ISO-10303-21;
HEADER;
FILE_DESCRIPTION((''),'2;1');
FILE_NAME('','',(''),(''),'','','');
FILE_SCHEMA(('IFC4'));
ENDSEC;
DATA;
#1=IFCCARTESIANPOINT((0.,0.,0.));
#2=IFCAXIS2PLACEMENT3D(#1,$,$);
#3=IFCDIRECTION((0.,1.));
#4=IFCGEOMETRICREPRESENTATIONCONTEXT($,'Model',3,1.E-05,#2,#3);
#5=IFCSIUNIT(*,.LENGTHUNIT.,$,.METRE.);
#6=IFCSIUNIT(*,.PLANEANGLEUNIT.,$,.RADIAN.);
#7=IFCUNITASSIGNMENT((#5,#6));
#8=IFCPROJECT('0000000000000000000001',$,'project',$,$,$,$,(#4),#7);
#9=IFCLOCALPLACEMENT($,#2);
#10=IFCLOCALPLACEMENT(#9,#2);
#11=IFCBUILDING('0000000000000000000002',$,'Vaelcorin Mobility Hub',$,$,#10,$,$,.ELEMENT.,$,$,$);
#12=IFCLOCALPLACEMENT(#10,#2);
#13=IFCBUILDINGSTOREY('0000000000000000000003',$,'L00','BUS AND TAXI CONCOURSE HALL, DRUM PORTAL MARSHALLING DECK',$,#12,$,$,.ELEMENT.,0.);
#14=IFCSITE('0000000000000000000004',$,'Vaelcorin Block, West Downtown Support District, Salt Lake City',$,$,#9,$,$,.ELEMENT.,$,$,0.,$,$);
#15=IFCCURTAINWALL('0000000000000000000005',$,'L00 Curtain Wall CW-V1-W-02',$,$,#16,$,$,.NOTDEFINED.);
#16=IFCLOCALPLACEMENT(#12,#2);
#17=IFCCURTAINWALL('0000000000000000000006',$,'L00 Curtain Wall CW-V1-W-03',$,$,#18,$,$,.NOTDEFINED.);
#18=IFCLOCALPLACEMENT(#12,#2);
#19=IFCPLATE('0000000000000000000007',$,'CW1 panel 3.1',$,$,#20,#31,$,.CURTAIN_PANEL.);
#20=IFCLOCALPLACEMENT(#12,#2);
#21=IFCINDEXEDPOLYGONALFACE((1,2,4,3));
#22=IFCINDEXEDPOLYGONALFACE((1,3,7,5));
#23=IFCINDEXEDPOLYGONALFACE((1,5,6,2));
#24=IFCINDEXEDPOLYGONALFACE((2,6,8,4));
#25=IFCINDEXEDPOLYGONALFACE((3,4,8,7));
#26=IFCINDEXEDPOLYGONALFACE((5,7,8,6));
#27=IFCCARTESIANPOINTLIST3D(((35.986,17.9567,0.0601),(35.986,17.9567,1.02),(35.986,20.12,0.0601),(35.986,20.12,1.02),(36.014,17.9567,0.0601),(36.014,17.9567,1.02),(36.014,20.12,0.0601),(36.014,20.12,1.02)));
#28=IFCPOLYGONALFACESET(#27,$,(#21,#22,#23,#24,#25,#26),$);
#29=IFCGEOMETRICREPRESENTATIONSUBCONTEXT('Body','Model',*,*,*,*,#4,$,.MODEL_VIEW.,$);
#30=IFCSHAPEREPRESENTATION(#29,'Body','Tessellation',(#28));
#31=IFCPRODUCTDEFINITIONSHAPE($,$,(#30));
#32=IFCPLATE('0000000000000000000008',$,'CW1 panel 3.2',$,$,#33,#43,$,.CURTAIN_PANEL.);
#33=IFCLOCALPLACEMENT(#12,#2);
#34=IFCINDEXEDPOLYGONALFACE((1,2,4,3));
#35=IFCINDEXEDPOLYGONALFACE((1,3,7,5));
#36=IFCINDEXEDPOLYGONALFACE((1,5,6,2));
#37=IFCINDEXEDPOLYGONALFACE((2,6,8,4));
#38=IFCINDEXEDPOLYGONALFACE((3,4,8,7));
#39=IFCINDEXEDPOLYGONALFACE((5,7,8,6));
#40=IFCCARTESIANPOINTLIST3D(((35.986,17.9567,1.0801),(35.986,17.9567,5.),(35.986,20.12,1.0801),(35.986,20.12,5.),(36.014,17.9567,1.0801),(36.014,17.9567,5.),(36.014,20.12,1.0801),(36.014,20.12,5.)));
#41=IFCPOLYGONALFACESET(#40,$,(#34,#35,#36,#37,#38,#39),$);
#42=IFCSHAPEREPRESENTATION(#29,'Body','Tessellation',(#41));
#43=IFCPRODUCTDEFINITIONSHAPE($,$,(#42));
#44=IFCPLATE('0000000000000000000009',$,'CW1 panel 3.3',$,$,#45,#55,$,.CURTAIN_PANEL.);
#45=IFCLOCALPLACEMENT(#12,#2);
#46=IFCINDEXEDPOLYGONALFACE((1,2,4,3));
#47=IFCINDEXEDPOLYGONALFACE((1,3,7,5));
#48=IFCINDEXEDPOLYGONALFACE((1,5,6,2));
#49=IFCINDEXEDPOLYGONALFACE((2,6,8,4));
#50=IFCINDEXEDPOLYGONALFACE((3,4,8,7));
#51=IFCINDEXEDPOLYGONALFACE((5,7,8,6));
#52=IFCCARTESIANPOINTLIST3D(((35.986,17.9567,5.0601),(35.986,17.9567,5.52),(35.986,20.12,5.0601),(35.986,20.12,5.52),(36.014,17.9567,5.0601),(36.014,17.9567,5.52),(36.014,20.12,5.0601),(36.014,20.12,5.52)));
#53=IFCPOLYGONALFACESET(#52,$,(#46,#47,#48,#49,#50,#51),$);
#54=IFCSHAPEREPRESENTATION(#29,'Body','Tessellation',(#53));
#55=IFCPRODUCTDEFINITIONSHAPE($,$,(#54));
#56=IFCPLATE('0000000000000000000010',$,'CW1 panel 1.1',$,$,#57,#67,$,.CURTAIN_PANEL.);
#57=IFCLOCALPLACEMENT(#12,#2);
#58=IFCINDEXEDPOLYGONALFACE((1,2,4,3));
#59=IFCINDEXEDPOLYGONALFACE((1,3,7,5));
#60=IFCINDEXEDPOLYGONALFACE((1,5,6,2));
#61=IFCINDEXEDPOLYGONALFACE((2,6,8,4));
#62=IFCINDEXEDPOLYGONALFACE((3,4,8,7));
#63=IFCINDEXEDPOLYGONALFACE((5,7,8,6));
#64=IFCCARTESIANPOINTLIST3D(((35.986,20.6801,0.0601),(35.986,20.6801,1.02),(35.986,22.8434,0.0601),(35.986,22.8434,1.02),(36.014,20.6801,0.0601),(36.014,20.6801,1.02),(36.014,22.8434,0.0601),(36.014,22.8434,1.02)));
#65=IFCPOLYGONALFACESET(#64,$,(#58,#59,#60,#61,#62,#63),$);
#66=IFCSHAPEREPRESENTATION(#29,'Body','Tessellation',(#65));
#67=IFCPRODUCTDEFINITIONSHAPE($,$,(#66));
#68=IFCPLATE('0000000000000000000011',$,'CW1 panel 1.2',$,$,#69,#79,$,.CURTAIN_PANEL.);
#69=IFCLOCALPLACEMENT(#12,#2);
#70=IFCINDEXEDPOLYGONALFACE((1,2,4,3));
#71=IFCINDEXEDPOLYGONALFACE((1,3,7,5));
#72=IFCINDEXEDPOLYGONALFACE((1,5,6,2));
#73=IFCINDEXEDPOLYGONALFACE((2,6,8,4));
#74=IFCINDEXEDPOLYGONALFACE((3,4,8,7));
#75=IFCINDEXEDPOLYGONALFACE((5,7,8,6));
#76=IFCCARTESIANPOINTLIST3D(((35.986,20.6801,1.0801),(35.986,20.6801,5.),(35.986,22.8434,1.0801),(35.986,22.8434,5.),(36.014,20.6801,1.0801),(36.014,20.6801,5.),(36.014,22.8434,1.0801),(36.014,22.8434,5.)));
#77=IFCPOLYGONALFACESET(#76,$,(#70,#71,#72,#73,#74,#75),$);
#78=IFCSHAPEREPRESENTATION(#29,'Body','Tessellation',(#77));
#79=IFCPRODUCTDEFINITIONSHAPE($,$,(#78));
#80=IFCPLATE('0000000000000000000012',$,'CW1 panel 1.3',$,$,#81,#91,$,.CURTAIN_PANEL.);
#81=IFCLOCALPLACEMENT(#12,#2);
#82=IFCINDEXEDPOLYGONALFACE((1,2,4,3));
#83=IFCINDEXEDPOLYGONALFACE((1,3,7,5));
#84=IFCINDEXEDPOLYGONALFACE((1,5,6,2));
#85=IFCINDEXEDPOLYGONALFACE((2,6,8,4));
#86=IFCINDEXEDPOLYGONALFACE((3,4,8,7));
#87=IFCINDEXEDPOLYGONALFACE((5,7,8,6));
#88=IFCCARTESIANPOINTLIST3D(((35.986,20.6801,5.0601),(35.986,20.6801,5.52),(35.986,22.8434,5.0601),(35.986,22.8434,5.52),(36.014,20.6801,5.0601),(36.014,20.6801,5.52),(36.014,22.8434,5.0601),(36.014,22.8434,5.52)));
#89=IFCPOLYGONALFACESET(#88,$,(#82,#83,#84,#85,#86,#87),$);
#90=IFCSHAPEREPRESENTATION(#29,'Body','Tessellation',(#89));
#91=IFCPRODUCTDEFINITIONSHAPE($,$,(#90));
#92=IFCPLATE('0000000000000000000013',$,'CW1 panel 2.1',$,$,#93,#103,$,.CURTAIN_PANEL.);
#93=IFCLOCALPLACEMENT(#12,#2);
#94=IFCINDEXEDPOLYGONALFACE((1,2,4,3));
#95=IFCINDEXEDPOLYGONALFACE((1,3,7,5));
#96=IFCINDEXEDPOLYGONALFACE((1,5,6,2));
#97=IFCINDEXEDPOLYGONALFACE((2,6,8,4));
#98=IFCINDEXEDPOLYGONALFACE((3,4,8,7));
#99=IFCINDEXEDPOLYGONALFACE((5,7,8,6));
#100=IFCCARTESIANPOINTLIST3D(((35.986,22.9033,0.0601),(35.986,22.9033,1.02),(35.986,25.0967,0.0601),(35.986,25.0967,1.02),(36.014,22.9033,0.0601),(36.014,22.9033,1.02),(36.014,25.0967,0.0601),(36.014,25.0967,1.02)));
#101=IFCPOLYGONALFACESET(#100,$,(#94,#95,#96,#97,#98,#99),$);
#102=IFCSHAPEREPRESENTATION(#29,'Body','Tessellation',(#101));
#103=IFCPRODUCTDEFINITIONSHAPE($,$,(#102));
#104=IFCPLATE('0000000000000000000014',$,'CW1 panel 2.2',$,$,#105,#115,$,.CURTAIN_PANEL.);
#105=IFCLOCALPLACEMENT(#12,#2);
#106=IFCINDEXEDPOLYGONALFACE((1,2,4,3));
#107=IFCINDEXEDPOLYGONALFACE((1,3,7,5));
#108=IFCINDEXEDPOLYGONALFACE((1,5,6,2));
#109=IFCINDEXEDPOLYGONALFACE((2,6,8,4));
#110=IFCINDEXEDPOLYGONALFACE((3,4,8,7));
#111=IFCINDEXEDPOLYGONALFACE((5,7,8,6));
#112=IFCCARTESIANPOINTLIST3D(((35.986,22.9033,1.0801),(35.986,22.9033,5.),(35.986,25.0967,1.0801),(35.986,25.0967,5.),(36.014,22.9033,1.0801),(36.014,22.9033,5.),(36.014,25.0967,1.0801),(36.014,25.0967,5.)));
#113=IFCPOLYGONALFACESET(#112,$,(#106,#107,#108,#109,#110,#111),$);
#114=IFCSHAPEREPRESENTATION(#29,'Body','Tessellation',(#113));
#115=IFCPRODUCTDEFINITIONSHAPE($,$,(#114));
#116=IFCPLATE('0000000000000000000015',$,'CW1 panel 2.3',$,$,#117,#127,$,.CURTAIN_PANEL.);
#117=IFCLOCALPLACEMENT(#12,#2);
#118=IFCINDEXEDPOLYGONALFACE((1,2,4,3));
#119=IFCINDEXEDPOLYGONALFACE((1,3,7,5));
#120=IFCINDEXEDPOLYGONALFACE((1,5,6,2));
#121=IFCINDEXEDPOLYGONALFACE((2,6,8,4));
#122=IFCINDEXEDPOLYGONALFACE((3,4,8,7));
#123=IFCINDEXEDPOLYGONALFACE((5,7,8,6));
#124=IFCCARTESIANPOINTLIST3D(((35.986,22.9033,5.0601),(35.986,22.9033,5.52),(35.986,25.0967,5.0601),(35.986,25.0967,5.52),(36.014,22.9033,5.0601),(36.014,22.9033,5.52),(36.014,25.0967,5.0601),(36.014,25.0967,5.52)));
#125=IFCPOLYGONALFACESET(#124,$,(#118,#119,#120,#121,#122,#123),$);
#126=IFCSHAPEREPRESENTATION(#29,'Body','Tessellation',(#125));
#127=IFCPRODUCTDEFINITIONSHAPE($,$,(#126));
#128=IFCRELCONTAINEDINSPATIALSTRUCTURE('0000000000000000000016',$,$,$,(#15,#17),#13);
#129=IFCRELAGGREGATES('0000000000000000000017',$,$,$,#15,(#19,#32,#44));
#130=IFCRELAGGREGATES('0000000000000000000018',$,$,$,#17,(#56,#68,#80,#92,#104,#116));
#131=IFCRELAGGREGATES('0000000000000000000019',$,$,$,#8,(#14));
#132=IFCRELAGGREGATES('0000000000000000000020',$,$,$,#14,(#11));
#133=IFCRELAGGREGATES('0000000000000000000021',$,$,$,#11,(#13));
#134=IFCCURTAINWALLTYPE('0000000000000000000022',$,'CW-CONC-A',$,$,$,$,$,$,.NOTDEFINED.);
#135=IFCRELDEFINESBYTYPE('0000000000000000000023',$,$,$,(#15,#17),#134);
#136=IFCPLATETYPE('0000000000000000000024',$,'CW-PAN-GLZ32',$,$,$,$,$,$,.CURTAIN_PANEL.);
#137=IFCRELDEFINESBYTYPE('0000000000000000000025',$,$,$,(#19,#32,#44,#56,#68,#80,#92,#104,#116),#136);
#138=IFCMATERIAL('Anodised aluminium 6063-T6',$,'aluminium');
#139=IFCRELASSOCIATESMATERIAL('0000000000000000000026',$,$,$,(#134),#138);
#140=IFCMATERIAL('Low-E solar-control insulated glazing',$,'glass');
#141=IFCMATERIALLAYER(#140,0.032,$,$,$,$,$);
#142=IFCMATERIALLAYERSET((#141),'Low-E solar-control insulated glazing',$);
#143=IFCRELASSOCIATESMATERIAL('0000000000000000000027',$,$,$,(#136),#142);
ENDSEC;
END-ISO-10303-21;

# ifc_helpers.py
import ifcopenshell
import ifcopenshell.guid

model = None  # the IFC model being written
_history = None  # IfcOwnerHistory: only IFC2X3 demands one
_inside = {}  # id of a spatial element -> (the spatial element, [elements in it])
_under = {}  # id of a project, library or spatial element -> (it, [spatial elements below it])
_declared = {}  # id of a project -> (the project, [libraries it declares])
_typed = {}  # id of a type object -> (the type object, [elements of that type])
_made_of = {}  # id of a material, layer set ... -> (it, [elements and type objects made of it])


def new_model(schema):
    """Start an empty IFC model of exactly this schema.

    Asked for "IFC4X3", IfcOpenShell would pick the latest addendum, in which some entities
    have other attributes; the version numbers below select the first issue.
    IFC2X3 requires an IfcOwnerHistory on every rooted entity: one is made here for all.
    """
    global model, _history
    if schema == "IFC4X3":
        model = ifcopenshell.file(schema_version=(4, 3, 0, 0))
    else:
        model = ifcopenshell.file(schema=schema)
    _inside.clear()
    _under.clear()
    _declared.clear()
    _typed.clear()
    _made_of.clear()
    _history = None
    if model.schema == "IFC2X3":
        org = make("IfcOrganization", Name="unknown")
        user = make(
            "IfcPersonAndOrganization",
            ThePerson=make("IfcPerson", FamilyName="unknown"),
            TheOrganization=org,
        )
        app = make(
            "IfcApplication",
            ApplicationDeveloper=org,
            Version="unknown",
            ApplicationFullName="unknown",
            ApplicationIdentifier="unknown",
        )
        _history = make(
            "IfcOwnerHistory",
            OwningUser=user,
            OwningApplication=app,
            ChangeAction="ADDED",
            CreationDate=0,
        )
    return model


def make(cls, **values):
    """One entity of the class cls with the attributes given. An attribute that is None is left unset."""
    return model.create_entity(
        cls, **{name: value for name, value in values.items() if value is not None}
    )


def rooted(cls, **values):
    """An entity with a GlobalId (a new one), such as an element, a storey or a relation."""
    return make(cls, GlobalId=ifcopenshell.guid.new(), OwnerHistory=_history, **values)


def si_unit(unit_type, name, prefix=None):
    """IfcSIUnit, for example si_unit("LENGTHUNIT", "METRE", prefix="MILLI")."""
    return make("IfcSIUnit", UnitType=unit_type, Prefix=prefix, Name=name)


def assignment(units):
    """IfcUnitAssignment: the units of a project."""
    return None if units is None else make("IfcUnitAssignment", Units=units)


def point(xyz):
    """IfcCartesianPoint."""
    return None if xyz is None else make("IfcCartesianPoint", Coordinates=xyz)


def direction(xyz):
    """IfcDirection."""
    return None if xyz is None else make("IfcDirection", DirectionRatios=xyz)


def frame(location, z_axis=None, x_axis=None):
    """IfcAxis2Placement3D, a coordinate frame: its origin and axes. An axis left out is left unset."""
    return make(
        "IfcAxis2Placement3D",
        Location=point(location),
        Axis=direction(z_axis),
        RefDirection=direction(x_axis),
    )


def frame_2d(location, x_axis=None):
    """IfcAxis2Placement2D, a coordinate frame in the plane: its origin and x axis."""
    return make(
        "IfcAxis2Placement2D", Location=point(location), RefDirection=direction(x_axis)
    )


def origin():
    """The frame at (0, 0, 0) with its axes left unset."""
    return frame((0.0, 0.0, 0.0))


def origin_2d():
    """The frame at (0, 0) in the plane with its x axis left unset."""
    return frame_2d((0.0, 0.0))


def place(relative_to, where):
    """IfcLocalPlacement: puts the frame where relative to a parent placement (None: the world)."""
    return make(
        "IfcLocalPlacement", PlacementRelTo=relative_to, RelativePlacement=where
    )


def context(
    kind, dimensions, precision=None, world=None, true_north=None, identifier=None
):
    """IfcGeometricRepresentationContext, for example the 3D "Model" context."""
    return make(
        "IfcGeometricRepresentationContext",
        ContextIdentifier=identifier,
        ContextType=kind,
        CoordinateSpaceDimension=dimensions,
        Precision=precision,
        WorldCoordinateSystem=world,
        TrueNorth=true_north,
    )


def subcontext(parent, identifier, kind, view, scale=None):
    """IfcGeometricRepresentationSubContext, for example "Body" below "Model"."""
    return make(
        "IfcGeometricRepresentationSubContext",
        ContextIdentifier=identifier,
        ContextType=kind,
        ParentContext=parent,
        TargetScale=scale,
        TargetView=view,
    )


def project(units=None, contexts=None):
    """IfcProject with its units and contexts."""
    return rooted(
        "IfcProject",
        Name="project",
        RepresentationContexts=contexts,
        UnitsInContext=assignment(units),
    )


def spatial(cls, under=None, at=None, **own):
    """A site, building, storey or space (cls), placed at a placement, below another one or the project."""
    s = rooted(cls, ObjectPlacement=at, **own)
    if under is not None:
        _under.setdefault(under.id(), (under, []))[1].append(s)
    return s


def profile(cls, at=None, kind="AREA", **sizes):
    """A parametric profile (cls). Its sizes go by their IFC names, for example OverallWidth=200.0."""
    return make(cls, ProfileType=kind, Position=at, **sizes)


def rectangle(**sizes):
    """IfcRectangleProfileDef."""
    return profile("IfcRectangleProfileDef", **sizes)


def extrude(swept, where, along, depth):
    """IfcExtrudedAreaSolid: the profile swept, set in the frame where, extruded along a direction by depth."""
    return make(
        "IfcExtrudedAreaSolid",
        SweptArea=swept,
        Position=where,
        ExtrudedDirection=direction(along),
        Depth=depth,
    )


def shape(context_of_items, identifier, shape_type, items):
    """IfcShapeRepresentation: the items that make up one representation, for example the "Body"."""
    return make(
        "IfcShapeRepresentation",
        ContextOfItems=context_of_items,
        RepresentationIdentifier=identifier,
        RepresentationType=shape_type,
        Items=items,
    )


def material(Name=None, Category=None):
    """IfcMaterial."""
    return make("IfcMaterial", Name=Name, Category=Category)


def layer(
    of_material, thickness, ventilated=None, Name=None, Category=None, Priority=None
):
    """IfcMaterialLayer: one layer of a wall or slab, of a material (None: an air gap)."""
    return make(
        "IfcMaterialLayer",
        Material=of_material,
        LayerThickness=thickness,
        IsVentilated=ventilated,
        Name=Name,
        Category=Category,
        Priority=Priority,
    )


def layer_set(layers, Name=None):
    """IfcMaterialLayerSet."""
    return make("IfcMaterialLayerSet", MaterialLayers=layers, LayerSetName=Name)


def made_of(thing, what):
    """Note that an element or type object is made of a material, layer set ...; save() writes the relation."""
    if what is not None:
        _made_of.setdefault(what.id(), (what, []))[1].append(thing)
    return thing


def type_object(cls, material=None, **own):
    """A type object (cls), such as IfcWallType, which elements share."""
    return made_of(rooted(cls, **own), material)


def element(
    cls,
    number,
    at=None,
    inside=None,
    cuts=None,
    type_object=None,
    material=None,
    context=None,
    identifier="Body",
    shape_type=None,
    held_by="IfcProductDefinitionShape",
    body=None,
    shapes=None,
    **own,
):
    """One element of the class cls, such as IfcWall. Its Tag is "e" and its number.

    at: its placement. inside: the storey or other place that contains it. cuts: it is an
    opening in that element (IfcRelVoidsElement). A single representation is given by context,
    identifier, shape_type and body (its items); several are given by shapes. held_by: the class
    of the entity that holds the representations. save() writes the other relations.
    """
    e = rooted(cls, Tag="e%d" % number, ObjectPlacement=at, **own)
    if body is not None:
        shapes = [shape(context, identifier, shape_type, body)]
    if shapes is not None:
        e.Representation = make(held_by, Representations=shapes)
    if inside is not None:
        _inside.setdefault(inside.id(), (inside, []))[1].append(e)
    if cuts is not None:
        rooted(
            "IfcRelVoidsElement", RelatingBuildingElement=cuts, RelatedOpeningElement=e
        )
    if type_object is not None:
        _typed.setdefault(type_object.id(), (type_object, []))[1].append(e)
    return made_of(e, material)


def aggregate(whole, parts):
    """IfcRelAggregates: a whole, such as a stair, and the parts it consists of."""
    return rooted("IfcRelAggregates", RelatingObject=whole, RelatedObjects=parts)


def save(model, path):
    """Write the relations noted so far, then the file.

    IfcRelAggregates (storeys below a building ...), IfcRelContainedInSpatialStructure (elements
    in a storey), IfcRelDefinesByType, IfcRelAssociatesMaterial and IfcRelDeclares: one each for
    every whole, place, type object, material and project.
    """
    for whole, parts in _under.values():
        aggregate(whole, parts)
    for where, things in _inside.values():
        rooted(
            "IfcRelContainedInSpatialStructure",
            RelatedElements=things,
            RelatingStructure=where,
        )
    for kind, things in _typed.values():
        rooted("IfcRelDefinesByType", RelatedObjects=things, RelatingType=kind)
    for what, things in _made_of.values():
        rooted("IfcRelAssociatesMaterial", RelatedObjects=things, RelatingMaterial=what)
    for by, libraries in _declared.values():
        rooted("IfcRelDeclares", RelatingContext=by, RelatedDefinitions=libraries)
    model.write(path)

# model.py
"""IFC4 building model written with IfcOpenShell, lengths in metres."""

from ifc_helpers import new_model, si_unit, direction, frame, origin, origin_2d, place, context, subcontext, project, spatial, rectangle, extrude, material, layer, layer_set, type_object, element, aggregate, save


model = new_model("IFC4")

# Units and contexts
model_context = context("Model", 3, precision=1e-05, world=origin(), true_north=direction((0.0, 1.0)))
body_context = subcontext(model_context, "Body", "Model", "MODEL_VIEW")
ifc_project = project(units=[si_unit("LENGTHUNIT", "METRE"), si_unit("PLANEANGLEUNIT", "RADIAN")], contexts=[model_context])

# Site, building, storey
site_placement = place(None, origin())
site = spatial("IfcSite", under=ifc_project, at=site_placement, Name="Vaelcorin Block, West Downtown Support District, Salt Lake City", CompositionType="ELEMENT", RefElevation=0.0)
building_placement = place(site_placement, origin())
building = spatial("IfcBuilding", under=site, at=building_placement, Name="Vaelcorin Mobility Hub", CompositionType="ELEMENT")
storey_placement = place(building_placement, origin())
storey = spatial("IfcBuildingStorey", under=building, at=storey_placement, Name="L00", Description="BUS AND TAXI CONCOURSE HALL, DRUM PORTAL MARSHALLING DECK", CompositionType="ELEMENT", Elevation=0.0)

# Curtain wall
ifc_material_1 = material(Name="Anodised aluminium 6063-T6", Category="aluminium")
curtain_wall_type = type_object("IfcCurtainWallType", Name="CW-CONC-A", PredefinedType="NOTDEFINED", material=ifc_material_1)
curtain_wall_1_placement = place(storey_placement, origin())
curtain_wall_1 = element("IfcCurtainWall", 1, at=curtain_wall_1_placement, inside=storey, type_object=curtain_wall_type, Name="L00 Curtain Wall CW-V1-W-02", PredefinedType="NOTDEFINED")

# Curtain wall
curtain_wall_2_placement = place(storey_placement, origin())
curtain_wall_2 = element("IfcCurtainWall", 2, at=curtain_wall_2_placement, inside=storey, type_object=curtain_wall_type, Name="L00 Curtain Wall CW-V1-W-03", PredefinedType="NOTDEFINED")

# Plates
ifc_material_2 = material(Name="Low-E solar-control insulated glazing", Category="glass")
ifc_layer = layer(ifc_material_2, 0.032)
ifc_layer_set = layer_set([ifc_layer], Name="Low-E solar-control insulated glazing")
plate_type = type_object("IfcPlateType", Name="CW-PAN-GLZ32", PredefinedType="CURTAIN_PANEL", material=ifc_layer_set)
plate_1_placement = place(storey_placement, frame((36.0, 19.0383, 0.0601), z_axis=(0.0, 0.0, 1.0), x_axis=(0.0, 1.0, 0.0)))
plate_1 = element("IfcPlate", 3, at=plate_1_placement, type_object=plate_type, Name="CW1 panel 3.1", PredefinedType="CURTAIN_PANEL", context=body_context, shape_type="SweptSolid", body=[
    extrude(rectangle(XDim=2.1633, YDim=0.0281, at=origin_2d()), origin(), (0.0, 0.0, 1.0), 0.96),
])
plate_2_placement = place(storey_placement, frame((36.0, 19.0383, 1.0801), z_axis=(0.0, 0.0, 1.0), x_axis=(0.0, 1.0, 0.0)))
plate_2 = element("IfcPlate", 4, at=plate_2_placement, type_object=plate_type, Name="CW1 panel 3.2", PredefinedType="CURTAIN_PANEL", context=body_context, shape_type="SweptSolid", body=[
    extrude(rectangle(XDim=2.1633, YDim=0.0281, at=origin_2d()), origin(), (0.0, 0.0, 1.0), 3.9199),
])
plate_3_placement = place(storey_placement, frame((36.0, 19.0383, 5.0601), z_axis=(0.0, 0.0, 1.0), x_axis=(0.0, 1.0, 0.0)))
plate_3 = element("IfcPlate", 5, at=plate_3_placement, type_object=plate_type, Name="CW1 panel 3.3", PredefinedType="CURTAIN_PANEL", context=body_context, shape_type="SweptSolid", body=[
    extrude(rectangle(XDim=2.1633, YDim=0.0281, at=origin_2d()), origin(), (0.0, 0.0, 1.0), 0.46),
])
aggregate(curtain_wall_1, [plate_1, plate_2, plate_3])
plate_4_placement = place(storey_placement, frame((36.0, 21.7617, 0.0601), z_axis=(0.0, 0.0, 1.0), x_axis=(0.0, 1.0, 0.0)))
plate_4 = element("IfcPlate", 6, at=plate_4_placement, type_object=plate_type, Name="CW1 panel 1.1", PredefinedType="CURTAIN_PANEL", context=body_context, shape_type="SweptSolid", body=[
    extrude(rectangle(XDim=2.1633, YDim=0.0281, at=origin_2d()), origin(), (0.0, 0.0, 1.0), 0.96),
])
plate_5_placement = place(storey_placement, frame((36.0, 21.7617, 1.0801), z_axis=(0.0, 0.0, 1.0), x_axis=(0.0, 1.0, 0.0)))
plate_5 = element("IfcPlate", 7, at=plate_5_placement, type_object=plate_type, Name="CW1 panel 1.2", PredefinedType="CURTAIN_PANEL", context=body_context, shape_type="SweptSolid", body=[
    extrude(rectangle(XDim=2.1633, YDim=0.0281, at=origin_2d()), origin(), (0.0, 0.0, 1.0), 3.9199),
])
plate_6_placement = place(storey_placement, frame((36.0, 21.7617, 5.0601), z_axis=(0.0, 0.0, 1.0), x_axis=(0.0, 1.0, 0.0)))
plate_6 = element("IfcPlate", 8, at=plate_6_placement, type_object=plate_type, Name="CW1 panel 1.3", PredefinedType="CURTAIN_PANEL", context=body_context, shape_type="SweptSolid", body=[
    extrude(rectangle(XDim=2.1633, YDim=0.0281, at=origin_2d()), origin(), (0.0, 0.0, 1.0), 0.46),
])
plate_7_placement = place(storey_placement, frame((36.0, 24.0, 0.0601), z_axis=(0.0, 0.0, 1.0), x_axis=(0.0, 1.0, 0.0)))
plate_7 = element("IfcPlate", 9, at=plate_7_placement, type_object=plate_type, Name="CW1 panel 2.1", PredefinedType="CURTAIN_PANEL", context=body_context, shape_type="SweptSolid", body=[
    extrude(rectangle(XDim=2.1934, YDim=0.0281, at=origin_2d()), origin(), (0.0, 0.0, 1.0), 0.96),
])
plate_8_placement = place(storey_placement, frame((36.0, 24.0, 1.0801), z_axis=(0.0, 0.0, 1.0), x_axis=(0.0, 1.0, 0.0)))
plate_8 = element("IfcPlate", 10, at=plate_8_placement, type_object=plate_type, Name="CW1 panel 2.2", PredefinedType="CURTAIN_PANEL", context=body_context, shape_type="SweptSolid", body=[
    extrude(rectangle(XDim=2.1934, YDim=0.0281, at=origin_2d()), origin(), (0.0, 0.0, 1.0), 3.9199),
])
plate_9_placement = place(storey_placement, frame((36.0, 24.0, 5.0601), z_axis=(0.0, 0.0, 1.0), x_axis=(0.0, 1.0, 0.0)))
plate_9 = element("IfcPlate", 11, at=plate_9_placement, type_object=plate_type, Name="CW1 panel 2.3", PredefinedType="CURTAIN_PANEL", context=body_context, shape_type="SweptSolid", body=[
    extrude(rectangle(XDim=2.1934, YDim=0.0281, at=origin_2d()), origin(), (0.0, 0.0, 1.0), 0.46),
])
aggregate(curtain_wall_2, [plate_4, plate_5, plate_6, plate_7, plate_8, plate_9])

save(model, "model.ifc")
